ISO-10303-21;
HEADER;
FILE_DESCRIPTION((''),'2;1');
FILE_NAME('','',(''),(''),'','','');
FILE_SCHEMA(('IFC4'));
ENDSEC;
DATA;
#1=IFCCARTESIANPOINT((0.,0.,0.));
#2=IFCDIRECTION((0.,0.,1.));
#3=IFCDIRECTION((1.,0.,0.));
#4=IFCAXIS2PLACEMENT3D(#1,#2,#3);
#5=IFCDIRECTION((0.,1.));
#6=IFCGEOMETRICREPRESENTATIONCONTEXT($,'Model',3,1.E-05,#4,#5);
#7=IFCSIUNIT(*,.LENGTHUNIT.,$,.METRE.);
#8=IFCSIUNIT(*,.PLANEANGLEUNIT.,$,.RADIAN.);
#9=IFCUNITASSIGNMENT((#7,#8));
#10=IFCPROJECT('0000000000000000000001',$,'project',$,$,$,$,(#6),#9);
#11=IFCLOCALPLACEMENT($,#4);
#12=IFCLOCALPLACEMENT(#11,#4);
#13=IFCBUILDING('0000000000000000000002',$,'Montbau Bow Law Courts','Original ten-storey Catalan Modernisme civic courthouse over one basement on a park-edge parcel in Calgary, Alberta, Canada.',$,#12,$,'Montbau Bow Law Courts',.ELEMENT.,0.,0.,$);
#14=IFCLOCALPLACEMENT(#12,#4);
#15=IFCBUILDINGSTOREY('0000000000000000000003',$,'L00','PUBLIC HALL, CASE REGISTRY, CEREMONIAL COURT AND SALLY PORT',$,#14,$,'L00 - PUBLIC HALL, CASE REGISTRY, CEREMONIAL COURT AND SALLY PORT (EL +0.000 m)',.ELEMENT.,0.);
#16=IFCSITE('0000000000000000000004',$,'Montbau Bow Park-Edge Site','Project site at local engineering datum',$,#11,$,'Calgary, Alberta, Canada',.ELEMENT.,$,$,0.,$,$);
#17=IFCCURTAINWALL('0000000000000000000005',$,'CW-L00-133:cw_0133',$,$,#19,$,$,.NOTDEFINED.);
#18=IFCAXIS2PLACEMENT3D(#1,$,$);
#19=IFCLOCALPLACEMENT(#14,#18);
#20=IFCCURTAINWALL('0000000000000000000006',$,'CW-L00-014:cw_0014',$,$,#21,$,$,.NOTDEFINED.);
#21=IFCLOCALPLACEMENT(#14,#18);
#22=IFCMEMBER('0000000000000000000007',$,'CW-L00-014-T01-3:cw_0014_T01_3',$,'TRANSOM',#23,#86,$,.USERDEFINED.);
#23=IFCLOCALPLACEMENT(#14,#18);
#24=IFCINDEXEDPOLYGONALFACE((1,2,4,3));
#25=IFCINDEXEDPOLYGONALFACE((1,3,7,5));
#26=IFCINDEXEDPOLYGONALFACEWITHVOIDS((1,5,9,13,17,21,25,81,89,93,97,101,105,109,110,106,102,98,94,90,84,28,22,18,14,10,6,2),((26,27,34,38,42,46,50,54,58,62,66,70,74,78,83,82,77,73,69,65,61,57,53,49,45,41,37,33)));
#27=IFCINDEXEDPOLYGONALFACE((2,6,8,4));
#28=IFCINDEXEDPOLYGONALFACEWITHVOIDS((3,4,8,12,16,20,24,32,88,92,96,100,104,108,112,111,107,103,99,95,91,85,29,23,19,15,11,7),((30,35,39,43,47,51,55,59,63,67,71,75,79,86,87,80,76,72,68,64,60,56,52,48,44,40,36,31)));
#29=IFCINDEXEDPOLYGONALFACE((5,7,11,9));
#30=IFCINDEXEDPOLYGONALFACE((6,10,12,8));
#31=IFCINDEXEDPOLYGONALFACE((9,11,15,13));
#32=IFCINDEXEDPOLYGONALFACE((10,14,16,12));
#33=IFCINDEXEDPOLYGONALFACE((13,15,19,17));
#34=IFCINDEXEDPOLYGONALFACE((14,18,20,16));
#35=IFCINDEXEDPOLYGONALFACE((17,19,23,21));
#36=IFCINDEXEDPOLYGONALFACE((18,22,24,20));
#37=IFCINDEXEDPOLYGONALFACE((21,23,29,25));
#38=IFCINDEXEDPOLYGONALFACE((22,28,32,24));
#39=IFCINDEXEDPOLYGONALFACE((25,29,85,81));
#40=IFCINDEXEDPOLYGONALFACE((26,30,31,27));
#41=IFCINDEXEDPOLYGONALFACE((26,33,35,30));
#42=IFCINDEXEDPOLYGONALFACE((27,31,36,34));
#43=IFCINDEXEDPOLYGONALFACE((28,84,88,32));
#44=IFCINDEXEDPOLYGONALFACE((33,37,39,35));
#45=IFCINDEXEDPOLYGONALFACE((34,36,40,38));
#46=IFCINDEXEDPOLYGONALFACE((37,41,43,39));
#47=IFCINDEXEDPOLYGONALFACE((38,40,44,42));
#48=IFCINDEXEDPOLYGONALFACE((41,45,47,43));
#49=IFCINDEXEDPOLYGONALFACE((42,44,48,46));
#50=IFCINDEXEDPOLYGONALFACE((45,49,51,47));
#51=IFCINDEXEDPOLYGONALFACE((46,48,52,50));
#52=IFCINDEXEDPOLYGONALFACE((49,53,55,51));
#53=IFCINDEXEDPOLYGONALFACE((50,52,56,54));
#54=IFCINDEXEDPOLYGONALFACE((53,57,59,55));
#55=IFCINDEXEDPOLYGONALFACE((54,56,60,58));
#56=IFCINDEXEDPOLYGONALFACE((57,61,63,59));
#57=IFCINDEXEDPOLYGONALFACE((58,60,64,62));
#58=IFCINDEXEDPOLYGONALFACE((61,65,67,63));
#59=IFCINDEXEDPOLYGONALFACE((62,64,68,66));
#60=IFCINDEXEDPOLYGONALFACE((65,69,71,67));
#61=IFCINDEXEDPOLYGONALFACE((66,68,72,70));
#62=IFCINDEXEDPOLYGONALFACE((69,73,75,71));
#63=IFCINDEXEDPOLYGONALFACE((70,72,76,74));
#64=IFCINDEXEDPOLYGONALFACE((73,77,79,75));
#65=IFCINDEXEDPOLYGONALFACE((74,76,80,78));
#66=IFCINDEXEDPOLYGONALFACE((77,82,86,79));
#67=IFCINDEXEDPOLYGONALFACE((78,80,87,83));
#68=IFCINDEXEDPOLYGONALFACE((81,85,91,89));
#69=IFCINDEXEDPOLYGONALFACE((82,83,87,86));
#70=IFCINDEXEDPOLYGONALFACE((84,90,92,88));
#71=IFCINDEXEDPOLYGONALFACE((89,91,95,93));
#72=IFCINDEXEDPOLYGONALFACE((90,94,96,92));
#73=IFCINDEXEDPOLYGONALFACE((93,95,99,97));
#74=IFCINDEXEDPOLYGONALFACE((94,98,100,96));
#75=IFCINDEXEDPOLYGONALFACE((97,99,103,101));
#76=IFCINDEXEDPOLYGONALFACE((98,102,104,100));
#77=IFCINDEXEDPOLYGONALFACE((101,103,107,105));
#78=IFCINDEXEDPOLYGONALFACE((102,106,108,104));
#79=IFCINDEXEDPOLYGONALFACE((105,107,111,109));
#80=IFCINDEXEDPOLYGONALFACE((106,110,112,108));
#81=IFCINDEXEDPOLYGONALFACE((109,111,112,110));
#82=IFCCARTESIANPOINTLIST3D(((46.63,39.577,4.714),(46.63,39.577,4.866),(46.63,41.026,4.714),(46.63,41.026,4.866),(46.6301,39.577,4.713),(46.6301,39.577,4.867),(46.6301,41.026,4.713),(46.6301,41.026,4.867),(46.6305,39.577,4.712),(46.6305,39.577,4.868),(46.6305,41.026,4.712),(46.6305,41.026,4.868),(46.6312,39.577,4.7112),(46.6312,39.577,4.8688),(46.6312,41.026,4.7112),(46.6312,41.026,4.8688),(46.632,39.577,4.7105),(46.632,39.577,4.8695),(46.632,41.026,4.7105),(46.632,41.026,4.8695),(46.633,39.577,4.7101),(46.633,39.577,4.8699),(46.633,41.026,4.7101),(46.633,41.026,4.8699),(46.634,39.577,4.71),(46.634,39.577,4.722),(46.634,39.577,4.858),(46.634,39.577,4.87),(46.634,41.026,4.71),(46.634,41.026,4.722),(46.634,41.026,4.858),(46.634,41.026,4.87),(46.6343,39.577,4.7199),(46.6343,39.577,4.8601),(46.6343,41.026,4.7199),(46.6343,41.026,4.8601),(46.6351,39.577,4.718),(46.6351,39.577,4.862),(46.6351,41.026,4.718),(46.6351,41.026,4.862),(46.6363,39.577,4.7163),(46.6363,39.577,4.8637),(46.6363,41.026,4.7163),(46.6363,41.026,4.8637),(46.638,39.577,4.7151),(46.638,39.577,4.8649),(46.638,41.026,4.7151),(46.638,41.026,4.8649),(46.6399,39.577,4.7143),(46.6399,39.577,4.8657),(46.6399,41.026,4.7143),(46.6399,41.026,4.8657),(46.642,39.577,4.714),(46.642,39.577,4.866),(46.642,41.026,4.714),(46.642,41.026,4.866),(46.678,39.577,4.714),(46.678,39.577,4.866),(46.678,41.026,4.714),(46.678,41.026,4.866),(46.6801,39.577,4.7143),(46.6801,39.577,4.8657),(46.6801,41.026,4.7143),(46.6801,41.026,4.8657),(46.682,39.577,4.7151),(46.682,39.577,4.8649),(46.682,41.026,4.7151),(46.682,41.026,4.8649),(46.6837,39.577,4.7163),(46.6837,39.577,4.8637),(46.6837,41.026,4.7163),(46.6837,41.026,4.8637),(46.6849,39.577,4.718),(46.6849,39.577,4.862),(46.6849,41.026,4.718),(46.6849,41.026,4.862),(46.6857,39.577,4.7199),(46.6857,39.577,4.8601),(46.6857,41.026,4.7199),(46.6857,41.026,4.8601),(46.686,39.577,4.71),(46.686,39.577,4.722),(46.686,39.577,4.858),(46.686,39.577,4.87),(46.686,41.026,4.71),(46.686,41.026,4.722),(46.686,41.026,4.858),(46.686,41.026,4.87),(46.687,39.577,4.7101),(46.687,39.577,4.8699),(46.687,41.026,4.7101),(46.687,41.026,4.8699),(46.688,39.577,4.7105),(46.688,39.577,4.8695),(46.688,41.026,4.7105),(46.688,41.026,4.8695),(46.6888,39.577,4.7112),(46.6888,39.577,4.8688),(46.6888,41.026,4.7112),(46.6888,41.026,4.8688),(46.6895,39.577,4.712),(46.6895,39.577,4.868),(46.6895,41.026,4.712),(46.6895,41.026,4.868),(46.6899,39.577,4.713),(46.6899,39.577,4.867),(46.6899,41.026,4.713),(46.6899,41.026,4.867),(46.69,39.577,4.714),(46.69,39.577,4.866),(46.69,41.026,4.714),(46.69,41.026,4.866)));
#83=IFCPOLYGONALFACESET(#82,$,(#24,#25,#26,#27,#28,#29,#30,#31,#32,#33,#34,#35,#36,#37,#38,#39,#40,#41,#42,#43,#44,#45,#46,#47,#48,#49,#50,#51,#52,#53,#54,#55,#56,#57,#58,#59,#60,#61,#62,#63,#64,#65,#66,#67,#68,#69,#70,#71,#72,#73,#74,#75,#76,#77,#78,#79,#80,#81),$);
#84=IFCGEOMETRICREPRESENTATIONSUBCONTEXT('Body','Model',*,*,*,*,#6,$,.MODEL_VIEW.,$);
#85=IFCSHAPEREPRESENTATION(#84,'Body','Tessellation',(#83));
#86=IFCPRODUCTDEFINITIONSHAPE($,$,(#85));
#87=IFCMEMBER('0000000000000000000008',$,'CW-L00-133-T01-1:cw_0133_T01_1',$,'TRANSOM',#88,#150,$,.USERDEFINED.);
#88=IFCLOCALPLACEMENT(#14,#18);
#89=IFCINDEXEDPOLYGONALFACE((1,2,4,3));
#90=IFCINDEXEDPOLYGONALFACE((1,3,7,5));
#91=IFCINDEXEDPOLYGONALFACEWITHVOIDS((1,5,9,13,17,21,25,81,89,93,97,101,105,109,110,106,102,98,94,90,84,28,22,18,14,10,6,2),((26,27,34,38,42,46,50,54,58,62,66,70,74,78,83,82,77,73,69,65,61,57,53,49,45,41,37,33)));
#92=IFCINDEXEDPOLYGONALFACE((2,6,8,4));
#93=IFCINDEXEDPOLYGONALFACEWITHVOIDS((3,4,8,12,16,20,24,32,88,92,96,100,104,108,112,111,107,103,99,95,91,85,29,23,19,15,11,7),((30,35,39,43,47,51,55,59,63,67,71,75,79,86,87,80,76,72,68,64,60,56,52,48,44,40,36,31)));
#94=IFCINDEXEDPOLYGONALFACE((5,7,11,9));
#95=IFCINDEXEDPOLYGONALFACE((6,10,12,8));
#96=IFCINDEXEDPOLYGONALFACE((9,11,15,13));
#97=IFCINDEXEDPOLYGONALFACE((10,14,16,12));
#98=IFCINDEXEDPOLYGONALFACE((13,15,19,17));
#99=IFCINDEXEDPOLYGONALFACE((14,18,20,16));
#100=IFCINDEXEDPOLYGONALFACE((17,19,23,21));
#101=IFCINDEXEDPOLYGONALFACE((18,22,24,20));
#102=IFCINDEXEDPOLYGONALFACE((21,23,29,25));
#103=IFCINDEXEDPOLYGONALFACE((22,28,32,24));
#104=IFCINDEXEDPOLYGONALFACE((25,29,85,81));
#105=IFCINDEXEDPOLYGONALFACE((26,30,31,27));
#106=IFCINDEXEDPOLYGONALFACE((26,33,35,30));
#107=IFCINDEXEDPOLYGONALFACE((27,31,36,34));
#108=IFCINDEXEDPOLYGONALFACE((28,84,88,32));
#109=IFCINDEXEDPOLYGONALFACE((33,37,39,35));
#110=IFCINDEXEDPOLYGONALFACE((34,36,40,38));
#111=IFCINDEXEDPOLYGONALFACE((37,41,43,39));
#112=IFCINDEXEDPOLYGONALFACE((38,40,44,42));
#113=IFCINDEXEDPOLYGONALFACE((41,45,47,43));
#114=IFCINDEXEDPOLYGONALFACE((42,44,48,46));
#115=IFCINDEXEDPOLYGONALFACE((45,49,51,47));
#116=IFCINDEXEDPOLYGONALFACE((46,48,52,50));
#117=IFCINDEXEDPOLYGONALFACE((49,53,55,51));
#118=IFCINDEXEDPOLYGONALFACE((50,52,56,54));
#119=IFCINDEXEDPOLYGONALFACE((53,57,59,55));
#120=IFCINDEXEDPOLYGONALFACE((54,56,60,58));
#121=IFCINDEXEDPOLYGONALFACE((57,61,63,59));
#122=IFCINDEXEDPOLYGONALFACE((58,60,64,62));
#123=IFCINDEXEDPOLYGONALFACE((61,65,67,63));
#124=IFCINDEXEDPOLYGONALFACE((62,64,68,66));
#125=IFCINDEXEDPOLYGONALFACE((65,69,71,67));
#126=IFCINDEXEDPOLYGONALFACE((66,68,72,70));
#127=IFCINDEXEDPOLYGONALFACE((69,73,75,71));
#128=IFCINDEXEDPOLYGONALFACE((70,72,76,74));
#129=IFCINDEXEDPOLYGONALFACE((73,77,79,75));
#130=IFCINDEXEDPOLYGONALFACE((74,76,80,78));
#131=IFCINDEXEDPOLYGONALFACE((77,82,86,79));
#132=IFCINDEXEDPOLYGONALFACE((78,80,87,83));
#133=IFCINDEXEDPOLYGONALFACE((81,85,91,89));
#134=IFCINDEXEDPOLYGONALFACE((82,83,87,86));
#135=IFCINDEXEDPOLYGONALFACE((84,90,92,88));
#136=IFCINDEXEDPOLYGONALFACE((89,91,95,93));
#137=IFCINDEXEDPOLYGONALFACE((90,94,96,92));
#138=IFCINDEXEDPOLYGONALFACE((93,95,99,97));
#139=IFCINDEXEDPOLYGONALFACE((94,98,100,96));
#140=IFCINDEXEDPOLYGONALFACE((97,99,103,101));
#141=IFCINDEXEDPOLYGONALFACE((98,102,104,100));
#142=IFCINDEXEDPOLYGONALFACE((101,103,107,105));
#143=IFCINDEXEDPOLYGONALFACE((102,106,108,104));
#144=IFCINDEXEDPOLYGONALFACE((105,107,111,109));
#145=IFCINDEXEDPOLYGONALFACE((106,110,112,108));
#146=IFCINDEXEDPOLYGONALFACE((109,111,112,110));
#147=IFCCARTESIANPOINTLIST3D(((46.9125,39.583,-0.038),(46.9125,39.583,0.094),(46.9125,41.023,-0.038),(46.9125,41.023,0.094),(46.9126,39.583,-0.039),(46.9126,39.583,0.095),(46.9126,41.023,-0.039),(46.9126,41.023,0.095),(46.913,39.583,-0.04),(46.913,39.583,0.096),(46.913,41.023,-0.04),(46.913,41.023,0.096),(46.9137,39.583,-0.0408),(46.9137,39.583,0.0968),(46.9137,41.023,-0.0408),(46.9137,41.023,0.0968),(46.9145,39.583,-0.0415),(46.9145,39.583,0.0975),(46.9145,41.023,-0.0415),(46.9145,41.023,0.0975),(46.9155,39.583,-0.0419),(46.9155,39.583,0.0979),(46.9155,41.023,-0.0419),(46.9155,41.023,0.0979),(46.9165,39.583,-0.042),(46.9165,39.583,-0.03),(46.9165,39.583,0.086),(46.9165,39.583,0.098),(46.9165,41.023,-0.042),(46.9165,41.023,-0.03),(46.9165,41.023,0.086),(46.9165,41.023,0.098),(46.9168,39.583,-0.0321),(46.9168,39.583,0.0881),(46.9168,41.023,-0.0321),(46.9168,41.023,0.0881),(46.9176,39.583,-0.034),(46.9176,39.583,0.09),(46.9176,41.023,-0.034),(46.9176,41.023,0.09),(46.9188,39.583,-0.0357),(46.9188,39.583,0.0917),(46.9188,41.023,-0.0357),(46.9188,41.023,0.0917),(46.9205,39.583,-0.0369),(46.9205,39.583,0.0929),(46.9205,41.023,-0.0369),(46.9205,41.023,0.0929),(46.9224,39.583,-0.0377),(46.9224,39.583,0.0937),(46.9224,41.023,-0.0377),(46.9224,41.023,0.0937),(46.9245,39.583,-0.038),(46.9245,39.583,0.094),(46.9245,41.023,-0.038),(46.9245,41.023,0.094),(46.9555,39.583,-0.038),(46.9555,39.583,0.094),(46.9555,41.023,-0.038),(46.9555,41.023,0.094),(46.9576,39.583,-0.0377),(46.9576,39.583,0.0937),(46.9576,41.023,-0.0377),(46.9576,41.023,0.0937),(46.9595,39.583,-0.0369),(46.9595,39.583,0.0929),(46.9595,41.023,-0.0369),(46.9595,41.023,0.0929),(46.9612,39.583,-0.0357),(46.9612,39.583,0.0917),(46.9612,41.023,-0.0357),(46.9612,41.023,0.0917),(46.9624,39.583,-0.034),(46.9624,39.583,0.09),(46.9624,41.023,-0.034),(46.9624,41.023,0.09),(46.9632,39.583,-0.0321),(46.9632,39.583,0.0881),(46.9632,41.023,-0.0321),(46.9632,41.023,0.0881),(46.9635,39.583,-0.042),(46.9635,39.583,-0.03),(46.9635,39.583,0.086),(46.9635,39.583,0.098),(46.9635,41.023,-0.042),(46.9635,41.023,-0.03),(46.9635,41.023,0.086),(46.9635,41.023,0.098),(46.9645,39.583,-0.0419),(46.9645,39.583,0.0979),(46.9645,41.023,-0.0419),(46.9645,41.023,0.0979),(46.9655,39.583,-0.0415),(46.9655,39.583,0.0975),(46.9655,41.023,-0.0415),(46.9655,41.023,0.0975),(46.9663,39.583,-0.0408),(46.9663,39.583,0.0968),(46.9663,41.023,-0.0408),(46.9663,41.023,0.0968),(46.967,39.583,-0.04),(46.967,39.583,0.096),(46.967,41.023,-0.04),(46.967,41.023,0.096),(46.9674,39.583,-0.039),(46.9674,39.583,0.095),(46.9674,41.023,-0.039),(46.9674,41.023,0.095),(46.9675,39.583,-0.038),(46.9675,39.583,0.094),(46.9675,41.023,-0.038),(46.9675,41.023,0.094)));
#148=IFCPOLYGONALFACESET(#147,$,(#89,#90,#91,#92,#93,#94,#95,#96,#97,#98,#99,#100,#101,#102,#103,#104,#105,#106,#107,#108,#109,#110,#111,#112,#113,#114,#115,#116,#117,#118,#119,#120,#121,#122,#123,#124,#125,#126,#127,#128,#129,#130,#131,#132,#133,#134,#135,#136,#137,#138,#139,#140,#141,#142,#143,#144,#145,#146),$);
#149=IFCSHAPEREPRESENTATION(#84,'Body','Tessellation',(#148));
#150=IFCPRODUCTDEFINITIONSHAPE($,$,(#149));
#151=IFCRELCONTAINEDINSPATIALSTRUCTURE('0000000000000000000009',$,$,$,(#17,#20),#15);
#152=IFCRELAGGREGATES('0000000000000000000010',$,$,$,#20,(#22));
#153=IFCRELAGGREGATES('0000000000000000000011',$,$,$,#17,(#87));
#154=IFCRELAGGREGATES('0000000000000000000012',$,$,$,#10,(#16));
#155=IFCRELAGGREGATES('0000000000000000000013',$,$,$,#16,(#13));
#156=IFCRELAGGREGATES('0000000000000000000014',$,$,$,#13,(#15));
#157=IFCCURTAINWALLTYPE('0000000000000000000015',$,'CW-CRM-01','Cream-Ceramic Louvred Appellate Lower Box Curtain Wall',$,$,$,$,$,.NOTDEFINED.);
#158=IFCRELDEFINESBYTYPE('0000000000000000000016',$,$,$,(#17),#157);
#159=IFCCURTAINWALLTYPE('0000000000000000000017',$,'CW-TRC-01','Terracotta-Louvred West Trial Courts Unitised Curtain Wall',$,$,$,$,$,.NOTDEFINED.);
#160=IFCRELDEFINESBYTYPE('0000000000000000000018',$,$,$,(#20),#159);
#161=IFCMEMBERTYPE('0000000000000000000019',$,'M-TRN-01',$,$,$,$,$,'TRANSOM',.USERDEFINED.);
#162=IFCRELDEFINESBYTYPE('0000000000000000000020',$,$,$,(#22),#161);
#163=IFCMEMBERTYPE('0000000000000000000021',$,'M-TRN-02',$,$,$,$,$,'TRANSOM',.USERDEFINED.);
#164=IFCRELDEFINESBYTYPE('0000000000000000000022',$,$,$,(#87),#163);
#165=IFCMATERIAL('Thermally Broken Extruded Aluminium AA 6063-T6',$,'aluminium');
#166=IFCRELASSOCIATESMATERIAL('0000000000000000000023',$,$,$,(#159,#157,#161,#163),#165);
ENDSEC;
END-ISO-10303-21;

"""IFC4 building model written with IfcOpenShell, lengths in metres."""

from ifc_helpers import new_model, si_unit, direction, frame, origin_with_axes, origin_2d_with_axis, place, context, subcontext, project, spatial, hollow_rectangle, extrude, material, material_profile, profile_set, type_object, element, aggregate, save


model = new_model("IFC4")

# Units and contexts
model_context = context("Model", 3, precision=1e-05, world=origin_with_axes(), true_north=direction((0.0, 1.0)))
body_context = subcontext(model_context, "Body", "Model", "MODEL_VIEW")
ifc_project = project(units=[si_unit("LENGTHUNIT", "METRE"), si_unit("PLANEANGLEUNIT", "RADIAN")], contexts=[model_context])

# Site, building, storey
site_placement = place(None, origin_with_axes())
site = spatial("IfcSite", under=ifc_project, at=site_placement, Name="Montbau Bow Park-Edge Site", Description="Project site at local engineering datum", LongName="Calgary, Alberta, Canada", CompositionType="ELEMENT", RefElevation=0.0)
building_placement = place(site_placement, origin_with_axes())
building = spatial("IfcBuilding", under=site, at=building_placement, Name="Montbau Bow Law Courts", Description="Original ten-storey Catalan Modernisme civic courthouse over one basement on a park-edge parcel in Calgary, Alberta, Canada.", LongName="Montbau Bow Law Courts", CompositionType="ELEMENT", ElevationOfRefHeight=0.0, ElevationOfTerrain=0.0)
storey_placement = place(building_placement, origin_with_axes())
storey = spatial("IfcBuildingStorey", under=building, at=storey_placement, Name="L00", Description="PUBLIC HALL, CASE REGISTRY, CEREMONIAL COURT AND SALLY PORT", LongName="L00 - PUBLIC HALL, CASE REGISTRY, CEREMONIAL COURT AND SALLY PORT (EL +0.000 m)", CompositionType="ELEMENT", Elevation=0.0)

# Curtain wall
ifc_material_1 = material(Name="Thermally Broken Extruded Aluminium AA 6063-T6", Category="aluminium")
curtain_wall_type_1 = type_object("IfcCurtainWallType", Name="CW-TRC-01", Description="Terracotta-Louvred West Trial Courts Unitised Curtain Wall", PredefinedType="NOTDEFINED", material=ifc_material_1)
curtain_wall_type_2 = type_object("IfcCurtainWallType", Name="CW-CRM-01", Description="Cream-Ceramic Louvred Appellate Lower Box Curtain Wall", PredefinedType="NOTDEFINED", material=ifc_material_1)
curtain_wall_1_placement = place(None, frame((46.94, 39.515, 0.0), z_axis=(0.0, 0.0, 1.0), x_axis=(1.0, 0.0, 0.0)))
curtain_wall_1 = element("IfcCurtainWall", 1, at=curtain_wall_1_placement, inside=storey, type_object=curtain_wall_type_2, Name="CW-L00-133:cw_0133", PredefinedType="NOTDEFINED")

# Curtain wall, member
curtain_wall_2_placement = place(None, frame((46.66, 39.515, 0.0), z_axis=(0.0, 0.0, 1.0), x_axis=(1.0, 0.0, 0.0)))
curtain_wall_2 = element("IfcCurtainWall", 2, at=curtain_wall_2_placement, inside=storey, type_object=curtain_wall_type_1, Name="CW-L00-014:cw_0014", PredefinedType="NOTDEFINED")
ifc_material_profile_1 = material_profile(ifc_material_1, hollow_rectangle(XDim=0.06, YDim=0.16, WallThickness=0.004, InnerFilletRadius=0.008, OuterFilletRadius=0.004, at=origin_2d_with_axis()), Name="CWT-160X60", Category="Main", Priority=0)
ifc_profile_set_1 = profile_set([ifc_material_profile_1], Name="Thermally Broken Extruded Aluminium AA 6063-T6")
member_type_1 = type_object("IfcMemberType", Name="M-TRN-01", ElementType="TRANSOM", PredefinedType="USERDEFINED", material=ifc_profile_set_1)
member_1_placement = place(None, frame((46.66, 39.577, 4.79), z_axis=(0.0, 1.0, 0.0), x_axis=(-1.0, 0.0, 0.0)))
member_1 = element("IfcMember", 3, at=member_1_placement, type_object=member_type_1, Name="CW-L00-014-T01-3:cw_0014_T01_3", ObjectType="TRANSOM", PredefinedType="USERDEFINED", context=body_context, shape_type="SweptSolid", body=[
    extrude(hollow_rectangle(XDim=0.06, YDim=0.16, WallThickness=0.004, InnerFilletRadius=0.008, OuterFilletRadius=0.004, at=origin_2d_with_axis()), origin_with_axes(), (0.0, 0.0, 1.0), 1.449),
])

# Member
ifc_material_profile_2 = material_profile(ifc_material_1, hollow_rectangle(XDim=0.055, YDim=0.14, WallThickness=0.004, InnerFilletRadius=0.008, OuterFilletRadius=0.004, at=origin_2d_with_axis()), Name="CWT-140X55", Category="Main", Priority=0)
ifc_profile_set_2 = profile_set([ifc_material_profile_2], Name="Thermally Broken Extruded Aluminium AA 6063-T6")
member_type_2 = type_object("IfcMemberType", Name="M-TRN-02", ElementType="TRANSOM", PredefinedType="USERDEFINED", material=ifc_profile_set_2)
member_2_placement = place(None, frame((46.94, 39.583, 0.028), z_axis=(0.0, 1.0, 0.0), x_axis=(-1.0, 0.0, 0.0)))
member_2 = element("IfcMember", 4, at=member_2_placement, type_object=member_type_2, Name="CW-L00-133-T01-1:cw_0133_T01_1", ObjectType="TRANSOM", PredefinedType="USERDEFINED", context=body_context, shape_type="SweptSolid", body=[
    extrude(hollow_rectangle(XDim=0.055, YDim=0.14, WallThickness=0.004, InnerFilletRadius=0.008, OuterFilletRadius=0.004, at=origin_2d_with_axis()), origin_with_axes(), (0.0, 0.0, 1.0), 1.44),
])

aggregate(curtain_wall_2, [member_1])
aggregate(curtain_wall_1, [member_2])

save(model, "model.ifc")
